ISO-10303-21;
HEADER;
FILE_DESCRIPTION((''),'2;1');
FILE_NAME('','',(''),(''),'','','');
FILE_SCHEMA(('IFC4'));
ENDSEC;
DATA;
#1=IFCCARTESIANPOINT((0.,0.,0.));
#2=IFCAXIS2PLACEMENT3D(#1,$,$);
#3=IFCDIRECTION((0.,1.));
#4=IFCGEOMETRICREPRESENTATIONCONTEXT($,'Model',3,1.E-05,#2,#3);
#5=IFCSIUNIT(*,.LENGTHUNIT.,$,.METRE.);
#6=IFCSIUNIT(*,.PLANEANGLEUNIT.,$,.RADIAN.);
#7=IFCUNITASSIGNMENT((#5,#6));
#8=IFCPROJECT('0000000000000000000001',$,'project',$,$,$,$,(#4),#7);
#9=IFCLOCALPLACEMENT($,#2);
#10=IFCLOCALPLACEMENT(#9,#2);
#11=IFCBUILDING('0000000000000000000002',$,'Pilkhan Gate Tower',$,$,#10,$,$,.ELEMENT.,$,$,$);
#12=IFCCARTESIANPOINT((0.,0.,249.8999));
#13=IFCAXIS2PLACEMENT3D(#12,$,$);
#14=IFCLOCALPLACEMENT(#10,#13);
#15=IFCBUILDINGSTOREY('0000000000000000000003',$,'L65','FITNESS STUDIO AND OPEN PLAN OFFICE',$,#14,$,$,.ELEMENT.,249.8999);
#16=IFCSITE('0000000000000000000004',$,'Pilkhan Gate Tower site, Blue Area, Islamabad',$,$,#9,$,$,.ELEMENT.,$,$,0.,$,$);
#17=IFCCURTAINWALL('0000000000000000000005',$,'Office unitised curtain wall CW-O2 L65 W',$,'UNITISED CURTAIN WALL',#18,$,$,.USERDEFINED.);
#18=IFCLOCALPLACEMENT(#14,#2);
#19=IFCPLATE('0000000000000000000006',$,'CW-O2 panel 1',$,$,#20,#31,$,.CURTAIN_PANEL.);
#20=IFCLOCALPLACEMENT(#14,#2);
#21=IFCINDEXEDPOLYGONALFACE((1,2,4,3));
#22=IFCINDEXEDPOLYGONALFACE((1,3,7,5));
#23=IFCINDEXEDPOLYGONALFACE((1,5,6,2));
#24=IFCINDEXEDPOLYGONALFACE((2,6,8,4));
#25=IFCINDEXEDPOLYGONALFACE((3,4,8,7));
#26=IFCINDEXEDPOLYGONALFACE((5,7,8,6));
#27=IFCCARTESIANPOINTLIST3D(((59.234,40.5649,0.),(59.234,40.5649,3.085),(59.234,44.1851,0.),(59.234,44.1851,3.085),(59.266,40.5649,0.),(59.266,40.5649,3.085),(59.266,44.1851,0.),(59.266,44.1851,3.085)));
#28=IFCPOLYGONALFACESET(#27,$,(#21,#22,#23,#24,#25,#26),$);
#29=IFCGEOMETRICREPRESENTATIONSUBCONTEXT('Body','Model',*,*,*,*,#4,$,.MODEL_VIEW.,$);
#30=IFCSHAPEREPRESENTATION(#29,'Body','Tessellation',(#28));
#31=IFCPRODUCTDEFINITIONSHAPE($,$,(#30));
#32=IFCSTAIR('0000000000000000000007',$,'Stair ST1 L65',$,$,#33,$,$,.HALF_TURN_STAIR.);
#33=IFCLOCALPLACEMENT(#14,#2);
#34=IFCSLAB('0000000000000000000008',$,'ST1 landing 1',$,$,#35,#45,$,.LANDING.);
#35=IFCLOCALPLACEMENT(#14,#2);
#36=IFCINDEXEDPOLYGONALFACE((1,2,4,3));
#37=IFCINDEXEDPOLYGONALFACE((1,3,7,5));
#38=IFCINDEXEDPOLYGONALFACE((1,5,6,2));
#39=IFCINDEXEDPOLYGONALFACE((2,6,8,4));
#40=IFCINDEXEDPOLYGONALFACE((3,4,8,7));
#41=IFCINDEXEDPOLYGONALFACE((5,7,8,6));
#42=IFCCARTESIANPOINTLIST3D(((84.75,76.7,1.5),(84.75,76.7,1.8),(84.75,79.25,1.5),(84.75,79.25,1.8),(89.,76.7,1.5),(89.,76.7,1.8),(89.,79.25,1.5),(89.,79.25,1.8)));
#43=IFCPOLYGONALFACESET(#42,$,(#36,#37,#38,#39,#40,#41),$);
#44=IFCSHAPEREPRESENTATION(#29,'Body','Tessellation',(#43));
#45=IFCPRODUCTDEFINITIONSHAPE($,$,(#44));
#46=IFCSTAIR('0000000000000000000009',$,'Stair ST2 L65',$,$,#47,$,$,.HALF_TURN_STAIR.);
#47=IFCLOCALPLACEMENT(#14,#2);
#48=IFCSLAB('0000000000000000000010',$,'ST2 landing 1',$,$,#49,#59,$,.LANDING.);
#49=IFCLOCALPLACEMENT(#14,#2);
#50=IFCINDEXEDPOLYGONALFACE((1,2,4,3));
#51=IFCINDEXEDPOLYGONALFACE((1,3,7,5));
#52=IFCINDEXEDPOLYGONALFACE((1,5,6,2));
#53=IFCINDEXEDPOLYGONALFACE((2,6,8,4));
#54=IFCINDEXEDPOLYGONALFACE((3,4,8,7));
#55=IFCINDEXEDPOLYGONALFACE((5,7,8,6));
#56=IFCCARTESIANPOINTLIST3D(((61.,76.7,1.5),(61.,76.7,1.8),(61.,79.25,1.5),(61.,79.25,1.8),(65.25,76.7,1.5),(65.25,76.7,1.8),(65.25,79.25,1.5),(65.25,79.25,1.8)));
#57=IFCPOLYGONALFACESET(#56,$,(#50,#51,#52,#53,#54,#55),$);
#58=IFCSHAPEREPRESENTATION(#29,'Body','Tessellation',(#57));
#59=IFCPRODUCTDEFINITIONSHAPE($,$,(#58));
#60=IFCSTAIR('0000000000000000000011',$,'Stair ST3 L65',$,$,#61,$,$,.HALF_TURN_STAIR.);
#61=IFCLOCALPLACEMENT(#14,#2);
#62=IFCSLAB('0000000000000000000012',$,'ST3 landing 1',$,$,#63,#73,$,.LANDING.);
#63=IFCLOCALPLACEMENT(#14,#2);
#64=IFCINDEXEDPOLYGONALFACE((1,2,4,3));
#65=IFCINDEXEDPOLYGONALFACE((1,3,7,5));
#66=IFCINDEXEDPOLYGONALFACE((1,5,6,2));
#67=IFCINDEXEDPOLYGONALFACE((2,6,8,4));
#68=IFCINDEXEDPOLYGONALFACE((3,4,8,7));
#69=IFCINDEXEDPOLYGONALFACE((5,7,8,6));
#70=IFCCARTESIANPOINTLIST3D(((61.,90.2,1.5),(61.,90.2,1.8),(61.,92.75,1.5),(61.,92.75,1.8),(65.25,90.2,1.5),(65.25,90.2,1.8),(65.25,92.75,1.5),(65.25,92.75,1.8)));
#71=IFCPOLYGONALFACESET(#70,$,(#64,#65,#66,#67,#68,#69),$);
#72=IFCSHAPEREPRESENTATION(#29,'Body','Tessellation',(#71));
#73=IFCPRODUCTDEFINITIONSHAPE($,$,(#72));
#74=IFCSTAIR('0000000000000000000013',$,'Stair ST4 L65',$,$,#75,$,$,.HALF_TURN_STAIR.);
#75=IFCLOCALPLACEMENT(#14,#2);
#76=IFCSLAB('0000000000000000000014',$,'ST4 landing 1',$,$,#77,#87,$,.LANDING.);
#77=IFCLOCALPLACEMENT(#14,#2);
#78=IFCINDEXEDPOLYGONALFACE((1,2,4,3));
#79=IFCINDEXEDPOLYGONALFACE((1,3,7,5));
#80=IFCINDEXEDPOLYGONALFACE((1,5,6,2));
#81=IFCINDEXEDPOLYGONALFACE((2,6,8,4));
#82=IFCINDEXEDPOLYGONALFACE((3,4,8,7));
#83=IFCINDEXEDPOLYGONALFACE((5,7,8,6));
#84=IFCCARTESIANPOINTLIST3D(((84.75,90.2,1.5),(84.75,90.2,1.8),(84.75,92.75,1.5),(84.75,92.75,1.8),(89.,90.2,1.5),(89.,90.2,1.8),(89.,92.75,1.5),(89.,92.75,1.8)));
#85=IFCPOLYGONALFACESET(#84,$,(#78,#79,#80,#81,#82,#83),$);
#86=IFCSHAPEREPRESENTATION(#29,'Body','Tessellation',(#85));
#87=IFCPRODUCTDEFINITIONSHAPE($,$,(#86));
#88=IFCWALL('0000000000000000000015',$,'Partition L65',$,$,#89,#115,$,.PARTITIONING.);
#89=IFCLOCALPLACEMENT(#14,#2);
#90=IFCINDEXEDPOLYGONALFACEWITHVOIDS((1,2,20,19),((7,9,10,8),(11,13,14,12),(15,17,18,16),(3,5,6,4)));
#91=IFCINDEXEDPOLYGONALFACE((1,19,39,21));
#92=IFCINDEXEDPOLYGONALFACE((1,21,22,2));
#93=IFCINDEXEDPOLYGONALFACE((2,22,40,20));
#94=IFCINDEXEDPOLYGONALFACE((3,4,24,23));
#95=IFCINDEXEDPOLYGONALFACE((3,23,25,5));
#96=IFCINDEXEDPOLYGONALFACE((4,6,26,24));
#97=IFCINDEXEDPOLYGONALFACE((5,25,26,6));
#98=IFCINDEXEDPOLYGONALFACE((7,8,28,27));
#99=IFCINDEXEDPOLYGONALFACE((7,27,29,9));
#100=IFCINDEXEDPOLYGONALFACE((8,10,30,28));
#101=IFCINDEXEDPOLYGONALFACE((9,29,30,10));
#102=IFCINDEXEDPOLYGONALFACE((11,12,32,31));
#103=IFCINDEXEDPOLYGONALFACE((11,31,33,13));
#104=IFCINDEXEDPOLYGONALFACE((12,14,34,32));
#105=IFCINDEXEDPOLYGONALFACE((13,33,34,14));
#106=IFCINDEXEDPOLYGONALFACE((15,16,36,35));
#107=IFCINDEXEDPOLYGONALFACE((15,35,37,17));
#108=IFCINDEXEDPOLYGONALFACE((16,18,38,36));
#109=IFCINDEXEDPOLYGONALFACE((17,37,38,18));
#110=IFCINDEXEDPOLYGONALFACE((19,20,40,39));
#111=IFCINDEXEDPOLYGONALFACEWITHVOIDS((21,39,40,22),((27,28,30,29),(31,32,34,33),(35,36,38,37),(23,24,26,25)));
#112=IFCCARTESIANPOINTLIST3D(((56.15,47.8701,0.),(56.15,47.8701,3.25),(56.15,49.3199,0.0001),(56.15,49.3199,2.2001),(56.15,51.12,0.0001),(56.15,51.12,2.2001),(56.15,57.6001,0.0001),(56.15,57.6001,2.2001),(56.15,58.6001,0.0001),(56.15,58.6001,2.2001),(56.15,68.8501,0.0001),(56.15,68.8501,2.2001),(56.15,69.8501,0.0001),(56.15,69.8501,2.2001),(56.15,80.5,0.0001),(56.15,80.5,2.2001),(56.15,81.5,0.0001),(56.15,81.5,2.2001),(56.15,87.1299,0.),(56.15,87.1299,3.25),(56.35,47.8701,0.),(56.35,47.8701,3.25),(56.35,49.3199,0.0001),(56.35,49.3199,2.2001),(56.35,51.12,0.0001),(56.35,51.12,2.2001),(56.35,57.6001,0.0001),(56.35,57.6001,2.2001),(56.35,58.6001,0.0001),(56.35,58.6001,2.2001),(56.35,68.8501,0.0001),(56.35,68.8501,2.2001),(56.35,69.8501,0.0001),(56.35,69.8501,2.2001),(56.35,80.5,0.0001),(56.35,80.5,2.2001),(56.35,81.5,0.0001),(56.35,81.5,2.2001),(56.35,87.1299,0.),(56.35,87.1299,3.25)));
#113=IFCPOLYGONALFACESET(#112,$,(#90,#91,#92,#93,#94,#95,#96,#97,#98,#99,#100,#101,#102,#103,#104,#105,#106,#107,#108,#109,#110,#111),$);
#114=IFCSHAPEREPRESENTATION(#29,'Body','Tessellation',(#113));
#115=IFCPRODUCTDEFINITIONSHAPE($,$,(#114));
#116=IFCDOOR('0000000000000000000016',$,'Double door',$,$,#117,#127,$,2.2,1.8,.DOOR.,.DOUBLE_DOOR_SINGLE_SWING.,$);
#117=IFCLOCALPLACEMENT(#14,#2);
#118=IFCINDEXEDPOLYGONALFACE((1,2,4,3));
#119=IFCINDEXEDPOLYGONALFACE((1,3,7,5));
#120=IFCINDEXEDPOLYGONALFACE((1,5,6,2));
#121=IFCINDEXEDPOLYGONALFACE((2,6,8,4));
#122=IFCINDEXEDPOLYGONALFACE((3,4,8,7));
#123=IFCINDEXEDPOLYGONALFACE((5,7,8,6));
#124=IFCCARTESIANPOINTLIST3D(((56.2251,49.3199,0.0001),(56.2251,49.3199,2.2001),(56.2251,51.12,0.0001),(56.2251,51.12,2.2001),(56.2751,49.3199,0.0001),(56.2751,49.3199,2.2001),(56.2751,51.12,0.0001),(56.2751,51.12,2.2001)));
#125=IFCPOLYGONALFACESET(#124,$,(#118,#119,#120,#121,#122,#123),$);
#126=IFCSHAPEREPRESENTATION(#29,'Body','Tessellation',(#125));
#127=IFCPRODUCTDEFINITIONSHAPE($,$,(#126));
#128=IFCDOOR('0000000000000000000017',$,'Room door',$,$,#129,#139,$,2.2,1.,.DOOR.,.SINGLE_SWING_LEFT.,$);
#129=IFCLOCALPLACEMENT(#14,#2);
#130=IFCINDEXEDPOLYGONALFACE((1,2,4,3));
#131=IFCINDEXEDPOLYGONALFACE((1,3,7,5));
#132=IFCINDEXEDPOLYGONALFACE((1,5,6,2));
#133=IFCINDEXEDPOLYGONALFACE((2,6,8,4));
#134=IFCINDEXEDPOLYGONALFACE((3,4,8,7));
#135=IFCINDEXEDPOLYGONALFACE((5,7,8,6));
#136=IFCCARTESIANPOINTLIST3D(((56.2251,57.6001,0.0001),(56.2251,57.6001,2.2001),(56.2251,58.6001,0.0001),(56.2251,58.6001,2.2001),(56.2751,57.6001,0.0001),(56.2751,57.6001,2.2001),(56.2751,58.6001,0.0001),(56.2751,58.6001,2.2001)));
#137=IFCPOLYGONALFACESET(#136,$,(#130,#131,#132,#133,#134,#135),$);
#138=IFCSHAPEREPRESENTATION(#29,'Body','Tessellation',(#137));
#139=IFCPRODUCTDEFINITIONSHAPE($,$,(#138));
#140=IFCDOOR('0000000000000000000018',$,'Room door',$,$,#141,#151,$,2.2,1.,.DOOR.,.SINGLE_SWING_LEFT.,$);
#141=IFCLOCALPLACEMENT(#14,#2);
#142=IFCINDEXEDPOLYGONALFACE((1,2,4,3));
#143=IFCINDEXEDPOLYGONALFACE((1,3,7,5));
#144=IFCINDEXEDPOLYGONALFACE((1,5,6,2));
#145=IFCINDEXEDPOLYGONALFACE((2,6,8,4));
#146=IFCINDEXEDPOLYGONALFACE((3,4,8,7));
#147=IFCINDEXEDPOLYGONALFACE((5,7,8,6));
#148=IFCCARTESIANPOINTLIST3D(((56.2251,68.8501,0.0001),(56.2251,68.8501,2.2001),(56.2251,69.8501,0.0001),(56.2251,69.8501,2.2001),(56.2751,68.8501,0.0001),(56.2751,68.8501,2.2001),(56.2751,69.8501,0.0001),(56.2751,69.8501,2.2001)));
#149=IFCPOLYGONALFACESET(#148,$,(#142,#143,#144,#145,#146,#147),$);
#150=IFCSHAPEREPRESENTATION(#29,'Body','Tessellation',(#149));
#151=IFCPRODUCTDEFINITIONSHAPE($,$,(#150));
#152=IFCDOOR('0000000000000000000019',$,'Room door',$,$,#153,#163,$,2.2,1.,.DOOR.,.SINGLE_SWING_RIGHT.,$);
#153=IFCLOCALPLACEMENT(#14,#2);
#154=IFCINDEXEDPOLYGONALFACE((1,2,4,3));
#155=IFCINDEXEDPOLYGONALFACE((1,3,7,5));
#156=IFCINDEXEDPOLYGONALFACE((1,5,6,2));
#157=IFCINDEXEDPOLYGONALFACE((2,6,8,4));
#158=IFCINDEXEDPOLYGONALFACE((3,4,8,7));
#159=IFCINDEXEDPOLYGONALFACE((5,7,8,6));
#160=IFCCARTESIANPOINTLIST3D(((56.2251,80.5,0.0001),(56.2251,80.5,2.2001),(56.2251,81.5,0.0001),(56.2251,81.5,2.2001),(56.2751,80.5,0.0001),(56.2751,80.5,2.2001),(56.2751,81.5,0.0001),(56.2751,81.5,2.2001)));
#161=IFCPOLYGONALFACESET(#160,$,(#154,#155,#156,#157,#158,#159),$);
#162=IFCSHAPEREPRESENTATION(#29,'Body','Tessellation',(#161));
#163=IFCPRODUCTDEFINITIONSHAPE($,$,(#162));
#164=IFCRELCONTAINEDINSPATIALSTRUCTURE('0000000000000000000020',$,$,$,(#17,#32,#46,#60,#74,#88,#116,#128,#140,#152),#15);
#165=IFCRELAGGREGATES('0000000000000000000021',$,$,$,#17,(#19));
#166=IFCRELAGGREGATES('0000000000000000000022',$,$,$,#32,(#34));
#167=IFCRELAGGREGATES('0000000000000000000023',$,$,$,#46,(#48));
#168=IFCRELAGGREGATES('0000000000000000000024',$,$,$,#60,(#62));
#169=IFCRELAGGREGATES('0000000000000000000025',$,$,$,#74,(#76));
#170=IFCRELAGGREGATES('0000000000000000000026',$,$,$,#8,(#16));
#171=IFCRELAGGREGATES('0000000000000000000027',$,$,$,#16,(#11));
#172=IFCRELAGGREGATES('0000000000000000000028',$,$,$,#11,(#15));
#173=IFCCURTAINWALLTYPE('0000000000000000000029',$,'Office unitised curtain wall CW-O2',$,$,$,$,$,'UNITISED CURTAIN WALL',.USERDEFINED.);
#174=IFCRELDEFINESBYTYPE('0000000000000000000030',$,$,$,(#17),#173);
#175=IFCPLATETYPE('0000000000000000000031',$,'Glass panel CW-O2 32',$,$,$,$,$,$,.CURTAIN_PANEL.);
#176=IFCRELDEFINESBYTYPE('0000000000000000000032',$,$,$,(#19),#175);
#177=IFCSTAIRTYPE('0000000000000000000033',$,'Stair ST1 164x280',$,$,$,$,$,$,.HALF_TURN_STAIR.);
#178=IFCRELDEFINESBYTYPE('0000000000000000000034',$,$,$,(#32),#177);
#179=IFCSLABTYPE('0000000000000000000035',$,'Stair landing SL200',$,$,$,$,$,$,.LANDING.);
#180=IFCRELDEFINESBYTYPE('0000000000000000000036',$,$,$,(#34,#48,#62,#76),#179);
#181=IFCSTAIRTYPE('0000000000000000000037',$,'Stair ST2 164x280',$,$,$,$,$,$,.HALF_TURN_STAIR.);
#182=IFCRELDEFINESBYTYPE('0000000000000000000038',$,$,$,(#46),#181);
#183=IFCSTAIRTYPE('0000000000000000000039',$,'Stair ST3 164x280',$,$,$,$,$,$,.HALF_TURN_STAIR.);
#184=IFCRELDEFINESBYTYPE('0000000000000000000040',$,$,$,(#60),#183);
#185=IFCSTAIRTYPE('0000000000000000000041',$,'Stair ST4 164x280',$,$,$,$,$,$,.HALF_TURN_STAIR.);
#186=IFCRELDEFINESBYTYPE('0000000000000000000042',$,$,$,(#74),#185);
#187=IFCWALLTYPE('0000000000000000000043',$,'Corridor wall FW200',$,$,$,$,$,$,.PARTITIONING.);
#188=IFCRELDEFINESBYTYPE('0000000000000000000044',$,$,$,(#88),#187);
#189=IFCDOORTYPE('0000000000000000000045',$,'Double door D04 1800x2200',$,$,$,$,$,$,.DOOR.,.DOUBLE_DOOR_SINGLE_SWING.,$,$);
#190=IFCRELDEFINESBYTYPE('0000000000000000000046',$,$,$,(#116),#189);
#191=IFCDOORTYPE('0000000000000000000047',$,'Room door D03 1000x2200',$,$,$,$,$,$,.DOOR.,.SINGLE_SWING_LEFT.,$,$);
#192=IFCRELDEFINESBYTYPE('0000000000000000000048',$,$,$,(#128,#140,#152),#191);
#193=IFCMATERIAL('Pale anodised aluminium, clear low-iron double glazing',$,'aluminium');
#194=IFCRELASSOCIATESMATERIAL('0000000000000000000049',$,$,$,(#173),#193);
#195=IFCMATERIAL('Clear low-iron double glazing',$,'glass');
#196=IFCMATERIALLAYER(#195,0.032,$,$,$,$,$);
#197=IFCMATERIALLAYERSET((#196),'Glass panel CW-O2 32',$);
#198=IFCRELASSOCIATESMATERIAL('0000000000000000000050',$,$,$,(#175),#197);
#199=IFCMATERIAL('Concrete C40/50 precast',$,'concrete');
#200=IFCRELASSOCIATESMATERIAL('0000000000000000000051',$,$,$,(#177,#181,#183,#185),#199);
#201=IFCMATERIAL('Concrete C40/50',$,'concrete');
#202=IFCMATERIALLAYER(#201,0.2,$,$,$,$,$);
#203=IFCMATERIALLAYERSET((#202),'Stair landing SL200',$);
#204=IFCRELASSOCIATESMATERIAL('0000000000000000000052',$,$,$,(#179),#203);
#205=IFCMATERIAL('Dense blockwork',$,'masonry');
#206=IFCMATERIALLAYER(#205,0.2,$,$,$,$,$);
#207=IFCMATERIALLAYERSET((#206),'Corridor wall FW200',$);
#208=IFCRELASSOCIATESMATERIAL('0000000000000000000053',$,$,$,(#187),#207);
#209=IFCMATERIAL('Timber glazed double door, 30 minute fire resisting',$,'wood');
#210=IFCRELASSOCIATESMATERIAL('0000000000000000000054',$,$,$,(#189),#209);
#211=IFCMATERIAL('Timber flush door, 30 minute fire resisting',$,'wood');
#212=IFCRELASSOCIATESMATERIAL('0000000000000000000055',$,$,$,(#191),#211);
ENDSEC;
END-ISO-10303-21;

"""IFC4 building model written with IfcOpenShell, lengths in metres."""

from ifc_helpers import new_model, si_unit, direction, frame, frame_2d, origin, origin_2d, place, context, subcontext, project, spatial, polyline, rectangle, outline, extrude, material, layer, layer_set, type_object, element, fill, aggregate, save


model = new_model("IFC4")

# Units and contexts
model_context = context("Model", 3, precision=1e-05, world=origin(), true_north=direction((0.0, 1.0)))
body_context = subcontext(model_context, "Body", "Model", "MODEL_VIEW")
ifc_project = project(units=[si_unit("LENGTHUNIT", "METRE"), si_unit("PLANEANGLEUNIT", "RADIAN")], contexts=[model_context])

# Site, building, storey
site_placement = place(None, origin())
site = spatial("IfcSite", under=ifc_project, at=site_placement, Name="Pilkhan Gate Tower site, Blue Area, Islamabad", CompositionType="ELEMENT", RefElevation=0.0)
building_placement = place(site_placement, origin())
building = spatial("IfcBuilding", under=site, at=building_placement, Name="Pilkhan Gate Tower", CompositionType="ELEMENT")
storey_placement = place(building_placement, frame((0.0, 0.0, 249.8999)))
storey = spatial("IfcBuildingStorey", under=building, at=storey_placement, Name="L65", Description="FITNESS STUDIO AND OPEN PLAN OFFICE", CompositionType="ELEMENT", Elevation=249.8999)

# Curtain wall
ifc_material_1 = material(Name="Pale anodised aluminium, clear low-iron double glazing", Category="aluminium")
curtain_wall_type = type_object("IfcCurtainWallType", Name="Office unitised curtain wall CW-O2", ElementType="UNITISED CURTAIN WALL", PredefinedType="USERDEFINED", material=ifc_material_1)
curtain_wall_1_placement = place(storey_placement, origin())
curtain_wall_1 = element("IfcCurtainWall", 1, at=curtain_wall_1_placement, inside=storey, type_object=curtain_wall_type, Name="Office unitised curtain wall CW-O2 L65 W", ObjectType="UNITISED CURTAIN WALL", PredefinedType="USERDEFINED")

# Shared definitions
ifc_material_2 = material(Name="Concrete C40/50", Category="concrete")

# Plate
ifc_material_3 = material(Name="Clear low-iron double glazing", Category="glass")
ifc_layer_1 = layer(ifc_material_3, 0.032)
ifc_layer_set_1 = layer_set([ifc_layer_1], Name="Glass panel CW-O2 32")
plate_type = type_object("IfcPlateType", Name="Glass panel CW-O2 32", PredefinedType="CURTAIN_PANEL", material=ifc_layer_set_1)
plate_1_placement = place(storey_placement, frame((59.25, 42.375, 0.0), z_axis=(0.0, 0.0, 1.0), x_axis=(0.0, 1.0, 0.0)))
plate_1 = element("IfcPlate", 2, at=plate_1_placement, type_object=plate_type, Name="CW-O2 panel 1", PredefinedType="CURTAIN_PANEL", context=body_context, shape_type="SweptSolid", body=[
    extrude(rectangle(XDim=3.6201, YDim=0.032, at=origin_2d()), origin(), (0.0, 0.0, 1.0), 3.085),
])
aggregate(curtain_wall_1, [plate_1])

# Stairs, slabs
ifc_material_4 = material(Name="Concrete C40/50 precast", Category="concrete")
stair_type_1 = type_object("IfcStairType", Name="Stair ST1 164x280", PredefinedType="HALF_TURN_STAIR", material=ifc_material_4)
stair_1_placement = place(storey_placement, origin())
stair_1 = element("IfcStair", 3, at=stair_1_placement, inside=storey, type_object=stair_type_1, Name="Stair ST1 L65", PredefinedType="HALF_TURN_STAIR")
ifc_layer_2 = layer(ifc_material_2, 0.2)
ifc_layer_set_2 = layer_set([ifc_layer_2], Name="Stair landing SL200")
slab_type_1 = type_object("IfcSlabType", Name="Stair landing SL200", PredefinedType="LANDING", material=ifc_layer_set_2)
slab_1_placement = place(storey_placement, frame((0.0, 0.0, 1.5)))
slab_1 = element("IfcSlab", 4, at=slab_1_placement, type_object=slab_type_1, Name="ST1 landing 1", PredefinedType="LANDING", context=body_context, shape_type="SweptSolid", body=[
    extrude(outline(polyline([(89.0, 76.7), (89.0, 79.25), (84.75, 79.25), (84.75, 76.7), (89.0, 76.7)])), origin(), (0.0, 0.0, 1.0), 0.3),
])
aggregate(stair_1, [slab_1])
stair_type_2 = type_object("IfcStairType", Name="Stair ST2 164x280", PredefinedType="HALF_TURN_STAIR", material=ifc_material_4)
stair_2_placement = place(storey_placement, origin())
stair_2 = element("IfcStair", 5, at=stair_2_placement, inside=storey, type_object=stair_type_2, Name="Stair ST2 L65", PredefinedType="HALF_TURN_STAIR")
slab_2_placement = place(storey_placement, frame((0.0, 0.0, 1.5)))
slab_2 = element("IfcSlab", 6, at=slab_2_placement, type_object=slab_type_1, Name="ST2 landing 1", PredefinedType="LANDING", context=body_context, shape_type="SweptSolid", body=[
    extrude(outline(polyline([(65.25, 76.7), (65.25, 79.25), (61.0, 79.25), (61.0, 76.7), (65.25, 76.7)])), origin(), (0.0, 0.0, 1.0), 0.3),
])
aggregate(stair_2, [slab_2])
stair_type_3 = type_object("IfcStairType", Name="Stair ST3 164x280", PredefinedType="HALF_TURN_STAIR", material=ifc_material_4)
stair_3_placement = place(storey_placement, origin())
stair_3 = element("IfcStair", 7, at=stair_3_placement, inside=storey, type_object=stair_type_3, Name="Stair ST3 L65", PredefinedType="HALF_TURN_STAIR")
slab_3_placement = place(storey_placement, frame((0.0, 0.0, 1.5)))
slab_3 = element("IfcSlab", 8, at=slab_3_placement, type_object=slab_type_1, Name="ST3 landing 1", PredefinedType="LANDING", context=body_context, shape_type="SweptSolid", body=[
    extrude(outline(polyline([(65.25, 90.2), (65.25, 92.75), (61.0, 92.75), (61.0, 90.2), (65.25, 90.2)])), origin(), (0.0, 0.0, 1.0), 0.3),
])
aggregate(stair_3, [slab_3])
stair_type_4 = type_object("IfcStairType", Name="Stair ST4 164x280", PredefinedType="HALF_TURN_STAIR", material=ifc_material_4)
stair_4_placement = place(storey_placement, origin())
stair_4 = element("IfcStair", 9, at=stair_4_placement, inside=storey, type_object=stair_type_4, Name="Stair ST4 L65", PredefinedType="HALF_TURN_STAIR")
slab_4_placement = place(storey_placement, frame((0.0, 0.0, 1.5)))
slab_4 = element("IfcSlab", 10, at=slab_4_placement, type_object=slab_type_1, Name="ST4 landing 1", PredefinedType="LANDING", context=body_context, shape_type="SweptSolid", body=[
    extrude(outline(polyline([(89.0, 90.2), (89.0, 92.75), (84.75, 92.75), (84.75, 90.2), (89.0, 90.2)])), origin(), (0.0, 0.0, 1.0), 0.3),
])
aggregate(stair_4, [slab_4])

# Wall, openings, doors
ifc_material_5 = material(Name="Dense blockwork", Category="masonry")
ifc_layer_3 = layer(ifc_material_5, 0.2)
ifc_layer_set_3 = layer_set([ifc_layer_3], Name="Corridor wall FW200")
wall_type = type_object("IfcWallType", Name="Corridor wall FW200", PredefinedType="PARTITIONING", material=ifc_layer_set_3)
wall_placement = place(storey_placement, frame((56.25, 47.8701, 0.0), z_axis=(0.0, 0.0, 1.0), x_axis=(0.0, 1.0, 0.0)))
wall = element("IfcWall", 11, at=wall_placement, inside=storey, type_object=wall_type, Name="Partition L65", PredefinedType="PARTITIONING", context=body_context, shape_type="SweptSolid", body=[
    extrude(rectangle(XDim=39.2598, YDim=0.2, at=frame_2d((19.6299, 0.0))), origin(), (0.0, 0.0, 1.0), 3.25),
])
opening_1_placement = place(wall_placement, frame((1.45, 0.0, 0.0)))
opening_1 = element("IfcOpeningElement", 12, at=opening_1_placement, cuts=wall, PredefinedType="OPENING", context=body_context, shape_type="SweptSolid", body=[
    extrude(rectangle(XDim=1.8, YDim=2.2, at=frame_2d((0.8999, 1.1001))), frame((0.0, 0.1099, 0.0), z_axis=(0.0, -1.0, 0.0), x_axis=(1.0, 0.0, 0.0)), (0.0, 0.0, 1.0), 0.22),
])
opening_2_placement = place(wall_placement, frame((9.73, 0.0, 0.0)))
opening_2 = element("IfcOpeningElement", 13, at=opening_2_placement, cuts=wall, PredefinedType="OPENING", context=body_context, shape_type="SweptSolid", body=[
    extrude(rectangle(XDim=1.0, YDim=2.2, at=frame_2d((0.5, 1.1001))), frame((0.0, 0.1099, 0.0), z_axis=(0.0, -1.0, 0.0), x_axis=(1.0, 0.0, 0.0)), (0.0, 0.0, 1.0), 0.22),
])
opening_3_placement = place(wall_placement, frame((20.98, 0.0, 0.0)))
opening_3 = element("IfcOpeningElement", 14, at=opening_3_placement, cuts=wall, PredefinedType="OPENING", context=body_context, shape_type="SweptSolid", body=[
    extrude(rectangle(XDim=1.0, YDim=2.2, at=frame_2d((0.5, 1.1001))), frame((0.0, 0.1099, 0.0), z_axis=(0.0, -1.0, 0.0), x_axis=(1.0, 0.0, 0.0)), (0.0, 0.0, 1.0), 0.22),
])
opening_4_placement = place(wall_placement, frame((32.6299, 0.0, 0.0)))
opening_4 = element("IfcOpeningElement", 15, at=opening_4_placement, cuts=wall, PredefinedType="OPENING", context=body_context, shape_type="SweptSolid", body=[
    extrude(rectangle(XDim=1.0, YDim=2.2, at=frame_2d((0.5, 1.1001))), frame((0.0, 0.1099, 0.0), z_axis=(0.0, -1.0, 0.0), x_axis=(1.0, 0.0, 0.0)), (0.0, 0.0, 1.0), 0.22),
])
ifc_material_6 = material(Name="Timber glazed double door, 30 minute fire resisting", Category="wood")
door_type_1 = type_object("IfcDoorType", Name="Double door D04 1800x2200", OperationType="DOUBLE_DOOR_SINGLE_SWING", PredefinedType="DOOR", material=ifc_material_6)
door_1_placement = place(opening_1_placement, origin())
door_1 = element("IfcDoor", 16, at=door_1_placement, inside=storey, type_object=door_type_1, Name="Double door", OperationType="DOUBLE_DOOR_SINGLE_SWING", OverallHeight=2.2, OverallWidth=1.8, PredefinedType="DOOR", context=body_context, shape_type="SweptSolid", body=[
    extrude(rectangle(XDim=1.8, YDim=2.2, at=frame_2d((0.8999, 1.1001))), frame((0.0, 0.0249, 0.0), z_axis=(0.0, -1.0, 0.0), x_axis=(1.0, 0.0, 0.0)), (0.0, 0.0, 1.0), 0.05),
])
fill(opening_1, door_1)
ifc_material_7 = material(Name="Timber flush door, 30 minute fire resisting", Category="wood")
door_type_2 = type_object("IfcDoorType", Name="Room door D03 1000x2200", OperationType="SINGLE_SWING_LEFT", PredefinedType="DOOR", material=ifc_material_7)
door_2_placement = place(opening_2_placement, origin())
door_2 = element("IfcDoor", 17, at=door_2_placement, inside=storey, type_object=door_type_2, Name="Room door", OperationType="SINGLE_SWING_LEFT", OverallHeight=2.2, OverallWidth=1.0, PredefinedType="DOOR", context=body_context, shape_type="SweptSolid", body=[
    extrude(rectangle(XDim=1.0, YDim=2.2, at=frame_2d((0.5, 1.1001))), frame((0.0, 0.0249, 0.0), z_axis=(0.0, -1.0, 0.0), x_axis=(1.0, 0.0, 0.0)), (0.0, 0.0, 1.0), 0.05),
])
fill(opening_2, door_2)
door_3_placement = place(opening_3_placement, origin())
door_3 = element("IfcDoor", 18, at=door_3_placement, inside=storey, type_object=door_type_2, Name="Room door", OperationType="SINGLE_SWING_LEFT", OverallHeight=2.2, OverallWidth=1.0, PredefinedType="DOOR", context=body_context, shape_type="SweptSolid", body=[
    extrude(rectangle(XDim=1.0, YDim=2.2, at=frame_2d((0.5, 1.1001))), frame((0.0, 0.0249, 0.0), z_axis=(0.0, -1.0, 0.0), x_axis=(1.0, 0.0, 0.0)), (0.0, 0.0, 1.0), 0.05),
])
fill(opening_3, door_3)
door_4_placement = place(opening_4_placement, origin())
door_4 = element("IfcDoor", 19, at=door_4_placement, inside=storey, type_object=door_type_2, Name="Room door", OperationType="SINGLE_SWING_RIGHT", OverallHeight=2.2, OverallWidth=1.0, PredefinedType="DOOR", context=body_context, shape_type="SweptSolid", body=[
    extrude(rectangle(XDim=1.0, YDim=2.2, at=frame_2d((0.5, 1.1001))), frame((0.0, 0.0249, 0.0), z_axis=(0.0, -1.0, 0.0), x_axis=(1.0, 0.0, 0.0)), (0.0, 0.0, 1.0), 0.05),
])
fill(opening_4, door_4)

save(model, "model.ifc")
